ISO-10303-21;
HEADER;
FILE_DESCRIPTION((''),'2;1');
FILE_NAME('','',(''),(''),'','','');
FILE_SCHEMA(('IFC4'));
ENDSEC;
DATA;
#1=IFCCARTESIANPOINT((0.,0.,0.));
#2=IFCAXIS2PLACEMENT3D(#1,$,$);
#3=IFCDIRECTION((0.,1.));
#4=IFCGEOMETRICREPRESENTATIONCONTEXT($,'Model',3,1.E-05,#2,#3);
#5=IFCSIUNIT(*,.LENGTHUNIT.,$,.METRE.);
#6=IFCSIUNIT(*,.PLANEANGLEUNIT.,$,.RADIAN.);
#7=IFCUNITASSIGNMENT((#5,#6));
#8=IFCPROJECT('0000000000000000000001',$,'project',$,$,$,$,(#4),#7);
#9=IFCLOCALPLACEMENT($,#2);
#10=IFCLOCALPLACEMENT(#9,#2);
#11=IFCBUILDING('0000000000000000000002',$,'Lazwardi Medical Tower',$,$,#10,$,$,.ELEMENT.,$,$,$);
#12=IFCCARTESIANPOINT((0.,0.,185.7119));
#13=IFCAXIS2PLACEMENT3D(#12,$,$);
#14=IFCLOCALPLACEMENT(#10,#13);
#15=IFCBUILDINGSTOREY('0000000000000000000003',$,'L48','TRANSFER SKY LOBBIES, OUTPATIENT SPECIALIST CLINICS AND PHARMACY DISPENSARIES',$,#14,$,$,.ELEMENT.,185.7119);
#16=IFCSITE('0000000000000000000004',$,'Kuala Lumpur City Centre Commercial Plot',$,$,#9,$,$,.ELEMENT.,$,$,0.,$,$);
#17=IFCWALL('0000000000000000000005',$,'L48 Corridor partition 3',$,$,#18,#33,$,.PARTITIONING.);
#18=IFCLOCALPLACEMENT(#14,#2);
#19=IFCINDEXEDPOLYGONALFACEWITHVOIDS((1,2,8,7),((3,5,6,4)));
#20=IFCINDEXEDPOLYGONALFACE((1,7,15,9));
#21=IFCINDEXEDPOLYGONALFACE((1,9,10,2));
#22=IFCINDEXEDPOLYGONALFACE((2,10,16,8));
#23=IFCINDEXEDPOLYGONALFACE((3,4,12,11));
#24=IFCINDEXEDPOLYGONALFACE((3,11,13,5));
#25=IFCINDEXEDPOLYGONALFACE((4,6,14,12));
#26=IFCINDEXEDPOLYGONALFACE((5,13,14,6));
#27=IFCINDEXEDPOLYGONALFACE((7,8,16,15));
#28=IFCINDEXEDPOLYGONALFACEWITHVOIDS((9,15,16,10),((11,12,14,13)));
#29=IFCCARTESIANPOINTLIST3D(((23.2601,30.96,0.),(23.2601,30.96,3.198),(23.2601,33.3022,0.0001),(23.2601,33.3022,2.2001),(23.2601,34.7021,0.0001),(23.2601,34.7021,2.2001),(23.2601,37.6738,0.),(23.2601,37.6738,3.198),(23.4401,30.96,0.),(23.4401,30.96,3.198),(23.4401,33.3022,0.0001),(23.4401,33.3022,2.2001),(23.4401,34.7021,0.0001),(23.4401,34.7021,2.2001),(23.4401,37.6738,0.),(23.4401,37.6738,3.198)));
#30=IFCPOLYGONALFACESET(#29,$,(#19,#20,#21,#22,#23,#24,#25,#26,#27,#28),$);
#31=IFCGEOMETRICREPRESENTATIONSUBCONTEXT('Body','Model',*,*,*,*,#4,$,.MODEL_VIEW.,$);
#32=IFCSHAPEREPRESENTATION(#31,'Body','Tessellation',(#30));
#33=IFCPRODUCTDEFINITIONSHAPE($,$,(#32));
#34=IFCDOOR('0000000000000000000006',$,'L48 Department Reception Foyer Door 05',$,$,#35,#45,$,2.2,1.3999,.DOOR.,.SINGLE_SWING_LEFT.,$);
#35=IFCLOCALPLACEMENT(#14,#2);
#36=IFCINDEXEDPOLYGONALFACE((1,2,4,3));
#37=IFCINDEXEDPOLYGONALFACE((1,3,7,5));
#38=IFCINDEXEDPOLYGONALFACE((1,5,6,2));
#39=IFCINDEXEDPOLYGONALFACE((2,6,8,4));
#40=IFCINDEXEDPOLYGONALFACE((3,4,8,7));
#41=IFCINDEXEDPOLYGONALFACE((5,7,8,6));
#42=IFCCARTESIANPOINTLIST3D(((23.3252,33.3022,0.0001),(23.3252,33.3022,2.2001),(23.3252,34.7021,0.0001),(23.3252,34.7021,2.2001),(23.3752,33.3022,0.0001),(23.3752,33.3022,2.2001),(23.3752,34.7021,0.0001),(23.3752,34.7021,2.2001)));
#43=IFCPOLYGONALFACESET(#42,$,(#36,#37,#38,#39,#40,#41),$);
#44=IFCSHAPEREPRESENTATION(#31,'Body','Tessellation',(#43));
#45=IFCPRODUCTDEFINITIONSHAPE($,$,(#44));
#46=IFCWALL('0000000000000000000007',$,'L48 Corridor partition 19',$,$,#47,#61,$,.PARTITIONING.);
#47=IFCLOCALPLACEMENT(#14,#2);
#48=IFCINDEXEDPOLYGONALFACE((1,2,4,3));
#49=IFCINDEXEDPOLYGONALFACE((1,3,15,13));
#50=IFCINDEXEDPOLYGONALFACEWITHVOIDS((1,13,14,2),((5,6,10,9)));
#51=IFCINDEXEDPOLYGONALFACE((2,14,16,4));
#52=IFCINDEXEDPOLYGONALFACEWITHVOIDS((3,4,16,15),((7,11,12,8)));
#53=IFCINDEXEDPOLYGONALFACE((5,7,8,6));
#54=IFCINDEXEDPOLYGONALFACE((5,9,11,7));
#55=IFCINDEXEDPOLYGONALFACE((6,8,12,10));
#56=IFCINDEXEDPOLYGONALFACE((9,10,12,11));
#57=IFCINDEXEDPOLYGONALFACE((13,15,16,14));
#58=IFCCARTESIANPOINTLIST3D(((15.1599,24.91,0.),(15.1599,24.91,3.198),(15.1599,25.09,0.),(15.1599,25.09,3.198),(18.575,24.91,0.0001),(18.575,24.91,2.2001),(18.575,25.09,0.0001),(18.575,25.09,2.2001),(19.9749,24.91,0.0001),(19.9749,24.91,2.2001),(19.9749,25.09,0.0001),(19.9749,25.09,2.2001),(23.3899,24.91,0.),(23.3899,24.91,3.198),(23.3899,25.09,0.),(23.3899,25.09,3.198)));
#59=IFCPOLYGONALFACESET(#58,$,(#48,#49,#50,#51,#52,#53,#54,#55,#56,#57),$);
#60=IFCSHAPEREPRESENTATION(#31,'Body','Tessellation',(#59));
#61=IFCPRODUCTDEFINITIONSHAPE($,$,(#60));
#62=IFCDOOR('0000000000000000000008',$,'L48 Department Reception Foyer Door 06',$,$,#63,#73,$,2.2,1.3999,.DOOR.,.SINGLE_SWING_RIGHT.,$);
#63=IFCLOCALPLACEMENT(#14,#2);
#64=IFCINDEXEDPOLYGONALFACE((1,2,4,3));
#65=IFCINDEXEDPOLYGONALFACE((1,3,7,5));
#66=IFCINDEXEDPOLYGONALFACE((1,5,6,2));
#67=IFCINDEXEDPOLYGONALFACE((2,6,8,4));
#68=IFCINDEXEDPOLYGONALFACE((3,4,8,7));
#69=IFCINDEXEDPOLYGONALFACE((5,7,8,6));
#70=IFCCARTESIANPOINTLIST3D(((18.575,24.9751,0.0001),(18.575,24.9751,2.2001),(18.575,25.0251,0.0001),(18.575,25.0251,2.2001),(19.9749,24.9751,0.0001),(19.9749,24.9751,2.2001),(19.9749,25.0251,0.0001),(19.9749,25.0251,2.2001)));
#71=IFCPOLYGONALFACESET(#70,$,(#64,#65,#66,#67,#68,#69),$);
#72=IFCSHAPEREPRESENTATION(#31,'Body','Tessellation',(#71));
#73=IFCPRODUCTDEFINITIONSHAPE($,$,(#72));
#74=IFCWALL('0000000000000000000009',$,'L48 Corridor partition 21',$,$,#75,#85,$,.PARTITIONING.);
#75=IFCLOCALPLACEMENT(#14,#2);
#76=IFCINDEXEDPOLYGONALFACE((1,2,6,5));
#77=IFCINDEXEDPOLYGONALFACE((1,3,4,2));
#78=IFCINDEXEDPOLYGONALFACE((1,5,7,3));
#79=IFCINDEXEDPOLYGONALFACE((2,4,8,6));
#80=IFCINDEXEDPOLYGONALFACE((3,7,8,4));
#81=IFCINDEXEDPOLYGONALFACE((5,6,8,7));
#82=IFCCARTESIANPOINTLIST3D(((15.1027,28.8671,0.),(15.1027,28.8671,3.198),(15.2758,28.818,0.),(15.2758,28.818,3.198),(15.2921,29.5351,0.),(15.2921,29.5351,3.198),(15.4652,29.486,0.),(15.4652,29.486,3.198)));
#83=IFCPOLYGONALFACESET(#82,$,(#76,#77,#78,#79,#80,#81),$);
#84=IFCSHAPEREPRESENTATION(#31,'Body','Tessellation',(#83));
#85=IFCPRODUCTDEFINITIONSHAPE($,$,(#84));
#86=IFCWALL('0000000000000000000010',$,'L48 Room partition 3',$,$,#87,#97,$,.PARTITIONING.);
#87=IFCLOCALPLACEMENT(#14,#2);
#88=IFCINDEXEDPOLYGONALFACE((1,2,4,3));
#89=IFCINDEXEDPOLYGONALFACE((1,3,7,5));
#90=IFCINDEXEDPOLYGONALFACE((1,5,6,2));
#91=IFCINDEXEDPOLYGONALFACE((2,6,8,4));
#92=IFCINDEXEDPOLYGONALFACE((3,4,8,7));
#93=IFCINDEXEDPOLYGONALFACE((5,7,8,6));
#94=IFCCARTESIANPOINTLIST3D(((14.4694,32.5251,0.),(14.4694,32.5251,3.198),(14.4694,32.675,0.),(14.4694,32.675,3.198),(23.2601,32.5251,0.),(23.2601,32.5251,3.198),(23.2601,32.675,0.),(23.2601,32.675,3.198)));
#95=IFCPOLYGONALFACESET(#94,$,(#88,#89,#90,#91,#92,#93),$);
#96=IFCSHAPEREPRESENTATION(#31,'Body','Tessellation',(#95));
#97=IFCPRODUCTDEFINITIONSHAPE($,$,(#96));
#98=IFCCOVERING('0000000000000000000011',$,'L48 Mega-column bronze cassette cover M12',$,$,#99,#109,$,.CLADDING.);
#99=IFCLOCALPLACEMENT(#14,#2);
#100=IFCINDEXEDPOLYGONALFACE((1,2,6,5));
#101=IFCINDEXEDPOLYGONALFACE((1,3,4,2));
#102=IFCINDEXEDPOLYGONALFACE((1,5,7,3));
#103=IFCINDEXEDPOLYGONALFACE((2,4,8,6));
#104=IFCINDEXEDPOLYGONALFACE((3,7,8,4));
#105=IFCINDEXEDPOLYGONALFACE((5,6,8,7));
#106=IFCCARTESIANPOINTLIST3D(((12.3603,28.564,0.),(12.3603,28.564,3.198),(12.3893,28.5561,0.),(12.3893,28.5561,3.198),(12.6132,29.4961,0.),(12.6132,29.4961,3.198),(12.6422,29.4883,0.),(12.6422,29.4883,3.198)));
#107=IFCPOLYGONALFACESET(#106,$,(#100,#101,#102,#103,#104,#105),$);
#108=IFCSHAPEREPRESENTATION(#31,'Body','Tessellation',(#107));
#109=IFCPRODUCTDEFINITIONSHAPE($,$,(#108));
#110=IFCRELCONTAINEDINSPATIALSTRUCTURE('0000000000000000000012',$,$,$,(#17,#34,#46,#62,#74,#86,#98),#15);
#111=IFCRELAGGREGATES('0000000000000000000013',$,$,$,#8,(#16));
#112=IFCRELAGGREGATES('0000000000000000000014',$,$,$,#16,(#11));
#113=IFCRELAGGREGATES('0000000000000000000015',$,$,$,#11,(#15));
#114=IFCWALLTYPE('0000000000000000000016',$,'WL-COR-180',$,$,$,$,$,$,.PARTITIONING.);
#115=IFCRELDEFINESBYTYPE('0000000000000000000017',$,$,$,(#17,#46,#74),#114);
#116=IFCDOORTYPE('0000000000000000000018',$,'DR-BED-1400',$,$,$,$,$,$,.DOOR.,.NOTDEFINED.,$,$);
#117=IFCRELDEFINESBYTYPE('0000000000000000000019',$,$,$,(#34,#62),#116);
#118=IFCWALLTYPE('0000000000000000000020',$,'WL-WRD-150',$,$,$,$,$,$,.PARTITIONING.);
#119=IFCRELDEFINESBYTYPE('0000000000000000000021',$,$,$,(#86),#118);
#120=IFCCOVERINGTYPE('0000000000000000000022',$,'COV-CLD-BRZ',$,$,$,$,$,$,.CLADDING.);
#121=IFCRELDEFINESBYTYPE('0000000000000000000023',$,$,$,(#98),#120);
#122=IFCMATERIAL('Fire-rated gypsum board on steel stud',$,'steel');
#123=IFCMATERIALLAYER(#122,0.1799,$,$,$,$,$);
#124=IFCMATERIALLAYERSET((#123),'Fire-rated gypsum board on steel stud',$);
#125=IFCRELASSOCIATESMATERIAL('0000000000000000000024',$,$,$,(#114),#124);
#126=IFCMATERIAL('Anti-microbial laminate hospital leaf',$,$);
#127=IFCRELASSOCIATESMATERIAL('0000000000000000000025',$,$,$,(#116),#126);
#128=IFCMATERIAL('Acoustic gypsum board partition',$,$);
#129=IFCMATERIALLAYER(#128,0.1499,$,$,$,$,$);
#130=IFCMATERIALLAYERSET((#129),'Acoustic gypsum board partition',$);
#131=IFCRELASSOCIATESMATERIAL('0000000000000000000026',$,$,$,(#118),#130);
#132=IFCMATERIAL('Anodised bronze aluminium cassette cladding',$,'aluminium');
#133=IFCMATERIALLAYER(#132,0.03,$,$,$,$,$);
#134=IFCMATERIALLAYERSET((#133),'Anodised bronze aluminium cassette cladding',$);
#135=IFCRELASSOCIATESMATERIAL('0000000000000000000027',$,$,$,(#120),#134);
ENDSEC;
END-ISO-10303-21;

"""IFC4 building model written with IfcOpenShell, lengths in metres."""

from ifc_helpers import new_model, si_unit, direction, frame, frame_2d, origin, origin_2d, place, context, subcontext, project, spatial, rectangle, extrude, material, layer, layer_set, type_object, element, fill, save


model = new_model("IFC4")

# Units and contexts
model_context = context("Model", 3, precision=1e-05, world=origin(), true_north=direction((0.0, 1.0)))
body_context = subcontext(model_context, "Body", "Model", "MODEL_VIEW")
ifc_project = project(units=[si_unit("LENGTHUNIT", "METRE"), si_unit("PLANEANGLEUNIT", "RADIAN")], contexts=[model_context])

# Site, building, storey
site_placement = place(None, origin())
site = spatial("IfcSite", under=ifc_project, at=site_placement, Name="Kuala Lumpur City Centre Commercial Plot", CompositionType="ELEMENT", RefElevation=0.0)
building_placement = place(site_placement, origin())
building = spatial("IfcBuilding", under=site, at=building_placement, Name="Lazwardi Medical Tower", CompositionType="ELEMENT")
storey_placement = place(building_placement, frame((0.0, 0.0, 185.7119)))
storey = spatial("IfcBuildingStorey", under=building, at=storey_placement, Name="L48", Description="TRANSFER SKY LOBBIES, OUTPATIENT SPECIALIST CLINICS AND PHARMACY DISPENSARIES", CompositionType="ELEMENT", Elevation=185.7119)

# Shared definitions
ifc_material_1 = material(Name="Fire-rated gypsum board on steel stud", Category="steel")
ifc_layer_1 = layer(ifc_material_1, 0.1799)
ifc_layer_set_1 = layer_set([ifc_layer_1], Name="Fire-rated gypsum board on steel stud")
wall_type_1 = type_object("IfcWallType", Name="WL-COR-180", PredefinedType="PARTITIONING", material=ifc_layer_set_1)

# Walls, openings, doors
wall_1_placement = place(storey_placement, frame((23.3501, 30.96, 0.0), z_axis=(0.0, 0.0, 1.0), x_axis=(0.0, 1.0, 0.0)))
wall_1 = element("IfcWall", 1, at=wall_1_placement, inside=storey, type_object=wall_type_1, Name="L48 Corridor partition 3", PredefinedType="PARTITIONING", context=body_context, shape_type="SweptSolid", body=[
    extrude(rectangle(XDim=6.7139, YDim=0.1799, at=frame_2d((3.3569, 0.0))), origin(), (0.0, 0.0, 1.0), 3.198),
])
opening_1_placement = place(wall_1_placement, frame((2.3423, 0.0, 0.0)))
opening_1 = element("IfcOpeningElement", 2, at=opening_1_placement, cuts=wall_1, PredefinedType="OPENING", context=body_context, shape_type="SweptSolid", body=[
    extrude(rectangle(XDim=1.3999, YDim=2.2, at=frame_2d((0.7, 1.1001))), frame((0.0, 0.0999, 0.0), z_axis=(0.0, -1.0, 0.0), x_axis=(1.0, 0.0, 0.0)), (0.0, 0.0, 1.0), 0.2),
])
ifc_material_2 = material(Name="Anti-microbial laminate hospital leaf")
door_type = type_object("IfcDoorType", Name="DR-BED-1400", OperationType="NOTDEFINED", PredefinedType="DOOR", material=ifc_material_2)
door_1_placement = place(opening_1_placement, origin())
door_1 = element("IfcDoor", 3, at=door_1_placement, inside=storey, type_object=door_type, Name="L48 Department Reception Foyer Door 05", OperationType="SINGLE_SWING_LEFT", OverallHeight=2.2, OverallWidth=1.3999, PredefinedType="DOOR", context=body_context, shape_type="SweptSolid", body=[
    extrude(rectangle(XDim=1.3999, YDim=2.2, at=frame_2d((0.7, 1.1001))), frame((0.0, 0.0249, 0.0), z_axis=(0.0, -1.0, 0.0), x_axis=(1.0, 0.0, 0.0)), (0.0, 0.0, 1.0), 0.05),
])
fill(opening_1, door_1)
wall_2_placement = place(storey_placement, frame((23.3899, 25.0, 0.0), z_axis=(0.0, 0.0, 1.0), x_axis=(-1.0, 0.0, 0.0)))
wall_2 = element("IfcWall", 4, at=wall_2_placement, inside=storey, type_object=wall_type_1, Name="L48 Corridor partition 19", PredefinedType="PARTITIONING", context=body_context, shape_type="SweptSolid", body=[
    extrude(rectangle(XDim=8.23, YDim=0.1799, at=frame_2d((4.115, 0.0))), origin(), (0.0, 0.0, 1.0), 3.198),
])
opening_2_placement = place(wall_2_placement, frame((3.415, 0.0, 0.0)))
opening_2 = element("IfcOpeningElement", 5, at=opening_2_placement, cuts=wall_2, PredefinedType="OPENING", context=body_context, shape_type="SweptSolid", body=[
    extrude(rectangle(XDim=1.3999, YDim=2.2, at=frame_2d((0.7, 1.1001))), frame((0.0, 0.0999, 0.0), z_axis=(0.0, -1.0, 0.0), x_axis=(1.0, 0.0, 0.0)), (0.0, 0.0, 1.0), 0.2),
])
door_2_placement = place(opening_2_placement, origin())
door_2 = element("IfcDoor", 6, at=door_2_placement, inside=storey, type_object=door_type, Name="L48 Department Reception Foyer Door 06", OperationType="SINGLE_SWING_RIGHT", OverallHeight=2.2, OverallWidth=1.3999, PredefinedType="DOOR", context=body_context, shape_type="SweptSolid", body=[
    extrude(rectangle(XDim=1.3999, YDim=2.2, at=frame_2d((0.7, 1.1001))), frame((0.0, 0.0249, 0.0), z_axis=(0.0, -1.0, 0.0), x_axis=(1.0, 0.0, 0.0)), (0.0, 0.0, 1.0), 0.05),
])
fill(opening_2, door_2)

# Walls
wall_3_placement = place(storey_placement, frame((15.1892, 28.8425, 0.0), z_axis=(0.0, 0.0, 1.0), x_axis=(0.272863, 0.962053, 0.0)))
element("IfcWall", 7, at=wall_3_placement, inside=storey, type_object=wall_type_1, Name="L48 Corridor partition 21", PredefinedType="PARTITIONING", context=body_context, shape_type="SweptSolid", body=[
    extrude(rectangle(XDim=0.6943, YDim=0.1799, at=frame_2d((0.3472, 0.0))), origin(), (0.0, 0.0, 1.0), 3.198),
])
ifc_material_3 = material(Name="Acoustic gypsum board partition")
ifc_layer_2 = layer(ifc_material_3, 0.1499)
ifc_layer_set_2 = layer_set([ifc_layer_2], Name="Acoustic gypsum board partition")
wall_type_2 = type_object("IfcWallType", Name="WL-WRD-150", PredefinedType="PARTITIONING", material=ifc_layer_set_2)
wall_4_placement = place(storey_placement, frame((14.4692, 32.6001, 0.0), z_axis=(0.0, 0.0, 1.0), x_axis=(1.0, 0.0, 0.0)))
element("IfcWall", 8, at=wall_4_placement, inside=storey, type_object=wall_type_2, Name="L48 Room partition 3", PredefinedType="PARTITIONING", context=body_context, shape_type="SweptSolid", body=[
    extrude(rectangle(XDim=8.7908, YDim=0.1499, at=frame_2d((4.3955, 0.0))), origin(), (0.0, 0.0, 1.0), 3.198),
])

# Covering
ifc_material_4 = material(Name="Anodised bronze aluminium cassette cladding", Category="aluminium")
ifc_layer_3 = layer(ifc_material_4, 0.03)
ifc_layer_set_3 = layer_set([ifc_layer_3], Name="Anodised bronze aluminium cassette cladding")
covering_type = type_object("IfcCoveringType", Name="COV-CLD-BRZ", PredefinedType="CLADDING", material=ifc_layer_set_3)
covering_placement = place(storey_placement, frame((12.5012, 29.0261, 0.0), z_axis=(0.0, 0.0, 1.0), x_axis=(-0.261829, -0.965114, 0.0)))
element("IfcCovering", 9, at=covering_placement, inside=storey, type_object=covering_type, Name="L48 Mega-column bronze cassette cover M12", PredefinedType="CLADDING", context=body_context, shape_type="SweptSolid", body=[
    extrude(rectangle(XDim=0.9658, YDim=0.03, at=origin_2d()), origin(), (0.0, 0.0, 1.0), 3.198),
])

save(model, "model.ifc")
